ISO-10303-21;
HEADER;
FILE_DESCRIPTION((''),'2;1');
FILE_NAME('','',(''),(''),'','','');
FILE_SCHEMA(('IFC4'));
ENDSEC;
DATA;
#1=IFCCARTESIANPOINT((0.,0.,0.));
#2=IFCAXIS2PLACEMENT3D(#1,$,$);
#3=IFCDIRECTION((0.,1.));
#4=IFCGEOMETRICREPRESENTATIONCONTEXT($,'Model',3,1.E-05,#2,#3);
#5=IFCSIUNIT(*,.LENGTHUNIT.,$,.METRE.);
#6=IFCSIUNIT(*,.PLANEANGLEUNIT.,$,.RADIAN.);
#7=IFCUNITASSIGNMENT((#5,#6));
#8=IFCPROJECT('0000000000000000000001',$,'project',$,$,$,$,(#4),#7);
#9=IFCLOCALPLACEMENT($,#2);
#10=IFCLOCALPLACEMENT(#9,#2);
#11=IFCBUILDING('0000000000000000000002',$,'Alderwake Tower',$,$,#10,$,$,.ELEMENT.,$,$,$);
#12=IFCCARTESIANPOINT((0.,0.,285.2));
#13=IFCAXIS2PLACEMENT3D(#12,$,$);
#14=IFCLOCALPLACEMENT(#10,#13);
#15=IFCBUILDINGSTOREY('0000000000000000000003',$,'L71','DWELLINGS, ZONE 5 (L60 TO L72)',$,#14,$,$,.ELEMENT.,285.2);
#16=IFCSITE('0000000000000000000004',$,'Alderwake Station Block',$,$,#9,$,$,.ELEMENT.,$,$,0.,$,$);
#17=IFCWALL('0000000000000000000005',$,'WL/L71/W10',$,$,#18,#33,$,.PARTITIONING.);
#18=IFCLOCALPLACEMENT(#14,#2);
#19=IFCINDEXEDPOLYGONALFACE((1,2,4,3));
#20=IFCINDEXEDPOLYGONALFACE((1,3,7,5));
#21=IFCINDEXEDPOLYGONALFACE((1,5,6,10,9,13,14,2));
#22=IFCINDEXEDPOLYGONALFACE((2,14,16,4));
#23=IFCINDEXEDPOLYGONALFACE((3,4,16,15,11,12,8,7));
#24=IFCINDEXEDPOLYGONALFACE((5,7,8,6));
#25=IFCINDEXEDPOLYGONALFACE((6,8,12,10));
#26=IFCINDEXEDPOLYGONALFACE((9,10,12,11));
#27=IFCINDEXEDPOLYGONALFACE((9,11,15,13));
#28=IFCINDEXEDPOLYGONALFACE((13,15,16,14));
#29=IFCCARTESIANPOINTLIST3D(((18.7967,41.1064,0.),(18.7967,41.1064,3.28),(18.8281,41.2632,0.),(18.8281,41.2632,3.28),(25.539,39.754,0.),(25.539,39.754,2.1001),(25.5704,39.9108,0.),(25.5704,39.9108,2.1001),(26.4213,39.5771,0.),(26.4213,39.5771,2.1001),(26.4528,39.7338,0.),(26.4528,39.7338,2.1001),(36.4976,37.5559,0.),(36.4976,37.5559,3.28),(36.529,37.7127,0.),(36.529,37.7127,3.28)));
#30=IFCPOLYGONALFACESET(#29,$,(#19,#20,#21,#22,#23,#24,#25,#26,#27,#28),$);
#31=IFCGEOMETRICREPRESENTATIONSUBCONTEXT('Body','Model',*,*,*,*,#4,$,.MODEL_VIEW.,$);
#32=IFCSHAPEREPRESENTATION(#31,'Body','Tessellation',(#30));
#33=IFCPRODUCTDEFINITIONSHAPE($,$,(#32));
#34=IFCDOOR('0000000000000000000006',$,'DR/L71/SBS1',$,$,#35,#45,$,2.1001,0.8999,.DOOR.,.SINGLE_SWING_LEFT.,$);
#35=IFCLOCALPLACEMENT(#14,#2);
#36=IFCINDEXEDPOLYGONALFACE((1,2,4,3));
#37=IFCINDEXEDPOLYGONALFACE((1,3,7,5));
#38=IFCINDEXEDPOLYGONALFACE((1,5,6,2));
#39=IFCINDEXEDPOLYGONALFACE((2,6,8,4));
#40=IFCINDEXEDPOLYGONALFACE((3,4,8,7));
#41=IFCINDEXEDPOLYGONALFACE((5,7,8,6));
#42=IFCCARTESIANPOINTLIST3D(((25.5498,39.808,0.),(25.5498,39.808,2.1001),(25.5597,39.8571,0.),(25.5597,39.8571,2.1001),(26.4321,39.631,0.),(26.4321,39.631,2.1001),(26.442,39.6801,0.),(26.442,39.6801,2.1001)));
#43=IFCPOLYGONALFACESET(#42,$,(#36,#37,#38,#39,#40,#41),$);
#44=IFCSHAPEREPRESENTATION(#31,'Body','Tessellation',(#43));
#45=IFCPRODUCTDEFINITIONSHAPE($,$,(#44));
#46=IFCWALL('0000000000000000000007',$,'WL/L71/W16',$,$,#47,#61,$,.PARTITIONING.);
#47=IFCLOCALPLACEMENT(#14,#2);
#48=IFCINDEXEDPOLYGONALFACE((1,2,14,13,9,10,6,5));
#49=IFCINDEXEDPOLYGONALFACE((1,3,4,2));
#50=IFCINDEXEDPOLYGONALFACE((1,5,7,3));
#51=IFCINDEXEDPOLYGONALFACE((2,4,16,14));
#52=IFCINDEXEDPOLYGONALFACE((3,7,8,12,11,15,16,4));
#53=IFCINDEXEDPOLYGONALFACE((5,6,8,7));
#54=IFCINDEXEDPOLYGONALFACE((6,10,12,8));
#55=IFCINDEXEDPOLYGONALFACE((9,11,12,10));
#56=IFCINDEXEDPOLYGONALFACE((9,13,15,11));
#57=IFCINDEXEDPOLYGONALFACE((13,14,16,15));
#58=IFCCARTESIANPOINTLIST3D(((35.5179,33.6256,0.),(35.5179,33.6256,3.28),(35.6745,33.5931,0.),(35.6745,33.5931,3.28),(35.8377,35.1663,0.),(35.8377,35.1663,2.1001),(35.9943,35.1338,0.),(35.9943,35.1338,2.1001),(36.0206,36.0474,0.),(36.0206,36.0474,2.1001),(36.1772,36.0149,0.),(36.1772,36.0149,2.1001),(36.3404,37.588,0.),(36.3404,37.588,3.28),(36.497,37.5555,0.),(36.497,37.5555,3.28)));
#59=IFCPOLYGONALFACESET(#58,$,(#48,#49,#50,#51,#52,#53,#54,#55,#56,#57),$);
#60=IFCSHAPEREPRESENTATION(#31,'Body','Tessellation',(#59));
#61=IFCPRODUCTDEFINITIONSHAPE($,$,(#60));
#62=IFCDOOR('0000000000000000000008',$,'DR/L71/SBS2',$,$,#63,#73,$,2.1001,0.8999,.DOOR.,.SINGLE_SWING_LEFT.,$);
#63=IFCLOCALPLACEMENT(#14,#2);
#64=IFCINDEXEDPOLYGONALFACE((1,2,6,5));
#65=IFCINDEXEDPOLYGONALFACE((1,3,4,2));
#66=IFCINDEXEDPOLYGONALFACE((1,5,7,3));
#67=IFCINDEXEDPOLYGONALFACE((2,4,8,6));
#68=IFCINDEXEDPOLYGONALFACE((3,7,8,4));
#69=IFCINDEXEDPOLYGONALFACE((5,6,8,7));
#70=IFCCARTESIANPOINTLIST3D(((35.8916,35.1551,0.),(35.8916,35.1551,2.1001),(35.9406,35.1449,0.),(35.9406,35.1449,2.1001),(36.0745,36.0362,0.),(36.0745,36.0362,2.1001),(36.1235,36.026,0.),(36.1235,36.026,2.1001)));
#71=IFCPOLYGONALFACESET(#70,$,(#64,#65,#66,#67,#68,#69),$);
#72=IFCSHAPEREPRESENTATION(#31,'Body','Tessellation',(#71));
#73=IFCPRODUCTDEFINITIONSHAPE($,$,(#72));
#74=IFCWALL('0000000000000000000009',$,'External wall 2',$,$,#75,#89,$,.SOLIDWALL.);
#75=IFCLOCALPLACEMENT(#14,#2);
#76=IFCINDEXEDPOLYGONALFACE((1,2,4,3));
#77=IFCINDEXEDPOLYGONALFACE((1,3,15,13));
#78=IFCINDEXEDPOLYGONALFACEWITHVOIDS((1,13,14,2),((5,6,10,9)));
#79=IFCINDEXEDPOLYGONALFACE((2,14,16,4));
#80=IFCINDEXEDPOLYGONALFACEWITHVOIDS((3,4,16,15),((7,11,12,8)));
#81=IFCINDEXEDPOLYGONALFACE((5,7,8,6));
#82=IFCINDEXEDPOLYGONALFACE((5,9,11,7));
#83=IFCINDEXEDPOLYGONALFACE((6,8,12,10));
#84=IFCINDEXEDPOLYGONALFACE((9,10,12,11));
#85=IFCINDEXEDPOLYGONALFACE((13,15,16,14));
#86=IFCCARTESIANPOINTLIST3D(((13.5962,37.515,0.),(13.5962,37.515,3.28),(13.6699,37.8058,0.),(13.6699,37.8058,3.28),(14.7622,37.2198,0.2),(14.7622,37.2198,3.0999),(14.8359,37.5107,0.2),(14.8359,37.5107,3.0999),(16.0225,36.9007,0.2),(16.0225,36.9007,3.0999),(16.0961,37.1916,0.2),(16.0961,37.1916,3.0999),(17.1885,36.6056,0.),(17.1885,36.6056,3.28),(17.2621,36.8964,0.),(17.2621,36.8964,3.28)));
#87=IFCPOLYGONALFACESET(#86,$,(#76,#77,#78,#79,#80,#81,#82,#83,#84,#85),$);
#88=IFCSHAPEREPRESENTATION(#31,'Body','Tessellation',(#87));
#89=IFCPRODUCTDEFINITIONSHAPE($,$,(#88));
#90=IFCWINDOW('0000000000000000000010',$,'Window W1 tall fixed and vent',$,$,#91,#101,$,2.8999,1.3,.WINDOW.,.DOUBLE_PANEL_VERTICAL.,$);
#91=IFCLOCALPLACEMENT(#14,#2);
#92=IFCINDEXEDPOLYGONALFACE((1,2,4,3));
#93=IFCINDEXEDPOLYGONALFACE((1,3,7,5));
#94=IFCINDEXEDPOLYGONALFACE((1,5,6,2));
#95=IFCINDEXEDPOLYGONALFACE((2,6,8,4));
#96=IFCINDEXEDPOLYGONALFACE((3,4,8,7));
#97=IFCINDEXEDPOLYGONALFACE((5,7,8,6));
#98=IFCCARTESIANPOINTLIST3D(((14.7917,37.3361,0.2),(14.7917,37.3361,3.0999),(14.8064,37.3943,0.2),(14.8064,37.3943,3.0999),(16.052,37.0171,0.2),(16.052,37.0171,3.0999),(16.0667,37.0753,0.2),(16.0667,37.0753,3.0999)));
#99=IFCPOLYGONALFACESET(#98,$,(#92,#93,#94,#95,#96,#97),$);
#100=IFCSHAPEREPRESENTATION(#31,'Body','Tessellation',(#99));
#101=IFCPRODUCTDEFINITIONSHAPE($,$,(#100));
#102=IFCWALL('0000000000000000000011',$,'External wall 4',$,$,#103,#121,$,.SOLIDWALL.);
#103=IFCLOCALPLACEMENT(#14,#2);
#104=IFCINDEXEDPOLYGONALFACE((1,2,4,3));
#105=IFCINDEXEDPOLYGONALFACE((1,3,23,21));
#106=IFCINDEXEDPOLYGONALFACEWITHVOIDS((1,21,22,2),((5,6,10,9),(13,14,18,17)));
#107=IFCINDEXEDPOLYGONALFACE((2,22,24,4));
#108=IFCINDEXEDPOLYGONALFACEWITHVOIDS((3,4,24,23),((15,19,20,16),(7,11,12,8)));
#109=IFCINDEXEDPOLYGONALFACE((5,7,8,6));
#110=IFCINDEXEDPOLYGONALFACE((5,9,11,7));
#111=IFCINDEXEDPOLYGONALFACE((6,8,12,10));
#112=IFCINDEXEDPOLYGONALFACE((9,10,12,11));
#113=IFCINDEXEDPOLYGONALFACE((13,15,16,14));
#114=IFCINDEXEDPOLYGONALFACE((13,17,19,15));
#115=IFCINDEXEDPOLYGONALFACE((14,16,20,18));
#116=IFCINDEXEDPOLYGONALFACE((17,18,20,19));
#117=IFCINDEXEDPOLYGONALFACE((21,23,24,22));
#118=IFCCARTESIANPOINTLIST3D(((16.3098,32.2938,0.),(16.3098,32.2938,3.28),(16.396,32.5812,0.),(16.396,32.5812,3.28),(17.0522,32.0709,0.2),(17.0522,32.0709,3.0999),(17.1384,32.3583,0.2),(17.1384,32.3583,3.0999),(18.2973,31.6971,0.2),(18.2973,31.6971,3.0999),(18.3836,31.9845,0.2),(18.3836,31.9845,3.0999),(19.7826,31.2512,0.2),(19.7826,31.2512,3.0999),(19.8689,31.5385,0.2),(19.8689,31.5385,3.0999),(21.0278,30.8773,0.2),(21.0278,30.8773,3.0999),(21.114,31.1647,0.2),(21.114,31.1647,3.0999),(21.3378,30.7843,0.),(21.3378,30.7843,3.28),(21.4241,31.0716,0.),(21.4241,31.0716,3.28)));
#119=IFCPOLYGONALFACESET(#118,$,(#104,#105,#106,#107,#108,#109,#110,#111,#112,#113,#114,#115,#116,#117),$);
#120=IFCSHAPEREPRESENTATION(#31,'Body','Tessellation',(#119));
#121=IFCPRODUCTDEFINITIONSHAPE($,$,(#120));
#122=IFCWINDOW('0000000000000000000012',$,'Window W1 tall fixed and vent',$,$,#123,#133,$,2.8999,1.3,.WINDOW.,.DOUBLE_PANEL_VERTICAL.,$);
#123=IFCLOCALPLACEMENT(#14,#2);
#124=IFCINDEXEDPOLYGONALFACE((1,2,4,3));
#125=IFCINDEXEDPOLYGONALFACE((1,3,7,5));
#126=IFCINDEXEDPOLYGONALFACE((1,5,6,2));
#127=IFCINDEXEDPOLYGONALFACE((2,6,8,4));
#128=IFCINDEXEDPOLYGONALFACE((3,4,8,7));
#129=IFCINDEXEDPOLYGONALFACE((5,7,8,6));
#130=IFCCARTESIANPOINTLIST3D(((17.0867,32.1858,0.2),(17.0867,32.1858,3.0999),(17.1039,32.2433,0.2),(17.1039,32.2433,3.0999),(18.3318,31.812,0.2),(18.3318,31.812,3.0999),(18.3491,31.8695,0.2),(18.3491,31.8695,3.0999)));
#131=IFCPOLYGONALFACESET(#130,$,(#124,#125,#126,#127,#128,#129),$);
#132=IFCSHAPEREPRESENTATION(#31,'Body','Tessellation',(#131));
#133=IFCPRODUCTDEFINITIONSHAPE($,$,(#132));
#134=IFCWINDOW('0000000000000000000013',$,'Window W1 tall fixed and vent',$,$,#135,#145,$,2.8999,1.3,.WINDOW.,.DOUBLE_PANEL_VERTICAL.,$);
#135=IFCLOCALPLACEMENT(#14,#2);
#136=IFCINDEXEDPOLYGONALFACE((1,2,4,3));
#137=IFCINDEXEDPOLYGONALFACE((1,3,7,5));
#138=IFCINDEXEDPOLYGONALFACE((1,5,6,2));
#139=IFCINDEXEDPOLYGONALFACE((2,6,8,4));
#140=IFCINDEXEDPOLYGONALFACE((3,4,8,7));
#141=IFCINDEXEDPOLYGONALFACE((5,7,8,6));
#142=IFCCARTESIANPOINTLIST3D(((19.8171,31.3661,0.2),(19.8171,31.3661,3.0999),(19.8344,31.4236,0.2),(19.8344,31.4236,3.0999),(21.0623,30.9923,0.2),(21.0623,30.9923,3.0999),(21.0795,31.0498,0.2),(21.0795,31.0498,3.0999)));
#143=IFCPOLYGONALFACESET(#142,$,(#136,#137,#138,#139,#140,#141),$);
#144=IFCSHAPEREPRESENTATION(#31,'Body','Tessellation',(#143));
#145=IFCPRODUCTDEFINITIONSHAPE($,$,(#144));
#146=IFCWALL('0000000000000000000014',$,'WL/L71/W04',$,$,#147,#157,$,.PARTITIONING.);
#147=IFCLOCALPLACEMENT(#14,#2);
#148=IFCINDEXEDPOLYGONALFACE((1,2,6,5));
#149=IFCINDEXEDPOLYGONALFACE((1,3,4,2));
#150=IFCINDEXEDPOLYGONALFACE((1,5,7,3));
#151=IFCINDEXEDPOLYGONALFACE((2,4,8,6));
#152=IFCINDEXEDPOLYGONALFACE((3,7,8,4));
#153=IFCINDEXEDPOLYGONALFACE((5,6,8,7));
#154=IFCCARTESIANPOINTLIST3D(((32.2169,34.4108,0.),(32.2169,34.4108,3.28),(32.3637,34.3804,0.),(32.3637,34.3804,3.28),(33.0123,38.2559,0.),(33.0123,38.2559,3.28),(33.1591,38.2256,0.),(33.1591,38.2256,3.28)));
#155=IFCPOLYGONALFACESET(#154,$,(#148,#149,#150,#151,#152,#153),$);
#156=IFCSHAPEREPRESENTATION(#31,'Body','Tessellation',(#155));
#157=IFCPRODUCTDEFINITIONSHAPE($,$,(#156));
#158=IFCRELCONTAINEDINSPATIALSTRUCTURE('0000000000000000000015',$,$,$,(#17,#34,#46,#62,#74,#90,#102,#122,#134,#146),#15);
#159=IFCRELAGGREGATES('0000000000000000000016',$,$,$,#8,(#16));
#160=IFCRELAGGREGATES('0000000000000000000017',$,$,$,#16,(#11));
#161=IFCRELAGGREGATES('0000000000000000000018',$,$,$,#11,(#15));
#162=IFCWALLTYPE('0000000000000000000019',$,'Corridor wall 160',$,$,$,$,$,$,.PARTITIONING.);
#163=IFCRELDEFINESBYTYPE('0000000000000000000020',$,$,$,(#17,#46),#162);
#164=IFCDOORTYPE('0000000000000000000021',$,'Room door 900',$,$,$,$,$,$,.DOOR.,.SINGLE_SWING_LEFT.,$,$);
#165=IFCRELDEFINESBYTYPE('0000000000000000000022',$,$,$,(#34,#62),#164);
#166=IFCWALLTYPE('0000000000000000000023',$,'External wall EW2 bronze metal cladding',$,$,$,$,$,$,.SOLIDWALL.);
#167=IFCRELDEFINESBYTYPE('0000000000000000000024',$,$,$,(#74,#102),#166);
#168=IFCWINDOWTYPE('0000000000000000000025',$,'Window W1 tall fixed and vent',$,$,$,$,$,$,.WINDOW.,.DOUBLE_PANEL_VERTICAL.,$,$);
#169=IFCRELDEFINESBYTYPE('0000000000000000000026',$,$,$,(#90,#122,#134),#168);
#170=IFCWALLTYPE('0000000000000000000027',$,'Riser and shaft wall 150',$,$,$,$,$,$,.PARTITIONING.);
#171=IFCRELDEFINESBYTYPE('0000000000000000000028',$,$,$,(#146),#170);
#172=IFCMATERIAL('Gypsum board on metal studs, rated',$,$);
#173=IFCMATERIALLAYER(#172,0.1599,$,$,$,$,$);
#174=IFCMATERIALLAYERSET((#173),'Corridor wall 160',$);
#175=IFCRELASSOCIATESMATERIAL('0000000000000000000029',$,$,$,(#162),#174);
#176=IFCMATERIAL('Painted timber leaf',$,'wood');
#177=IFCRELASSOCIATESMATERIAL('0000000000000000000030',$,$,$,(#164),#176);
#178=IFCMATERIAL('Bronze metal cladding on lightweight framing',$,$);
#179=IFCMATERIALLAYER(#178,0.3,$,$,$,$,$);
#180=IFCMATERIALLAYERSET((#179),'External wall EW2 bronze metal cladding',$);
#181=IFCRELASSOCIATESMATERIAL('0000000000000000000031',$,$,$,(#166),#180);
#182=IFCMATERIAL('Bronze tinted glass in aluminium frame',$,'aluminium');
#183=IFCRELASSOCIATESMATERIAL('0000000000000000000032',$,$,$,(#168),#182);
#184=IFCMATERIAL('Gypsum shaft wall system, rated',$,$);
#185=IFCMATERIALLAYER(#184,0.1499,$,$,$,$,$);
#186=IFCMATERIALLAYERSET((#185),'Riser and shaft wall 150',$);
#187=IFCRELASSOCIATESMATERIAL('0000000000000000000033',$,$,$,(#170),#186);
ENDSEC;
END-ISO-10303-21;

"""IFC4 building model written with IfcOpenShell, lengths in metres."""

from ifc_helpers import new_model, si_unit, direction, frame, frame_2d, origin, place, context, subcontext, project, spatial, rectangle, extrude, material, layer, layer_set, type_object, element, fill, save


model = new_model("IFC4")

# Units and contexts
model_context = context("Model", 3, precision=1e-05, world=origin(), true_north=direction((0.0, 1.0)))
body_context = subcontext(model_context, "Body", "Model", "MODEL_VIEW")
ifc_project = project(units=[si_unit("LENGTHUNIT", "METRE"), si_unit("PLANEANGLEUNIT", "RADIAN")], contexts=[model_context])

# Site, building, storey
site_placement = place(None, origin())
site = spatial("IfcSite", under=ifc_project, at=site_placement, Name="Alderwake Station Block", CompositionType="ELEMENT", RefElevation=0.0)
building_placement = place(site_placement, origin())
building = spatial("IfcBuilding", under=site, at=building_placement, Name="Alderwake Tower", CompositionType="ELEMENT")
storey_placement = place(building_placement, frame((0.0, 0.0, 285.2)))
storey = spatial("IfcBuildingStorey", under=building, at=storey_placement, Name="L71", Description="DWELLINGS, ZONE 5 (L60 TO L72)", CompositionType="ELEMENT", Elevation=285.2)

# Walls, openings, doors
ifc_material_1 = material(Name="Gypsum board on metal studs, rated")
ifc_layer_1 = layer(ifc_material_1, 0.1599)
ifc_layer_set_1 = layer_set([ifc_layer_1], Name="Corridor wall 160")
wall_type_1 = type_object("IfcWallType", Name="Corridor wall 160", PredefinedType="PARTITIONING", material=ifc_layer_set_1)
wall_1_placement = place(storey_placement, frame((36.5134, 37.6343, 0.0), z_axis=(0.0, 0.0, 1.0), x_axis=(-0.98047, 0.196667, 0.0)))
wall_1 = element("IfcWall", 1, at=wall_1_placement, inside=storey, type_object=wall_type_1, Name="WL/L71/W10", PredefinedType="PARTITIONING", context=body_context, shape_type="SweptSolid", body=[
    extrude(rectangle(XDim=18.0535, YDim=0.1599, at=frame_2d((9.0269, 0.0))), origin(), (0.0, 0.0, 1.0), 3.28),
])
opening_1_placement = place(wall_1_placement, frame((10.2771, 0.0, 0.0)))
opening_1 = element("IfcOpeningElement", 2, at=opening_1_placement, cuts=wall_1, PredefinedType="OPENING", context=body_context, shape_type="SweptSolid", body=[
    extrude(rectangle(XDim=0.8999, YDim=2.1001, at=frame_2d((0.45, 1.05))), frame((0.0, 0.0898, 0.0), z_axis=(0.0, -1.0, 0.0), x_axis=(1.0, 0.0, 0.0)), (0.0, 0.0, 1.0), 0.1799),
])
ifc_material_2 = material(Name="Painted timber leaf", Category="wood")
door_type_1 = type_object("IfcDoorType", Name="Room door 900", OperationType="SINGLE_SWING_LEFT", PredefinedType="DOOR", material=ifc_material_2)
door_1_placement = place(opening_1_placement, origin())
door_1 = element("IfcDoor", 3, at=door_1_placement, inside=storey, type_object=door_type_1, Name="DR/L71/SBS1", OperationType="SINGLE_SWING_LEFT", OverallHeight=2.1001, OverallWidth=0.8999, PredefinedType="DOOR", context=body_context, shape_type="SweptSolid", body=[
    extrude(rectangle(XDim=0.8999, YDim=2.1001, at=frame_2d((0.45, 1.05))), frame((0.0, 0.0249, 0.0), z_axis=(0.0, -1.0, 0.0), x_axis=(1.0, 0.0, 0.0)), (0.0, 0.0, 1.0), 0.05),
])
fill(opening_1, door_1)
wall_2_placement = place(storey_placement, frame((35.5962, 33.6094, 0.0), z_axis=(0.0, 0.0, 1.0), x_axis=(0.203246, 0.979128, 0.0)))
wall_2 = element("IfcWall", 4, at=wall_2_placement, inside=storey, type_object=wall_type_1, Name="WL/L71/W16", PredefinedType="PARTITIONING", context=body_context, shape_type="SweptSolid", body=[
    extrude(rectangle(XDim=4.0469, YDim=0.1599, at=frame_2d((2.0234, 0.0))), origin(), (0.0, 0.0, 1.0), 3.28),
])
opening_2_placement = place(wall_2_placement, frame((1.5735, 0.0, 0.0)))
opening_2 = element("IfcOpeningElement", 5, at=opening_2_placement, cuts=wall_2, PredefinedType="OPENING", context=body_context, shape_type="SweptSolid", body=[
    extrude(rectangle(XDim=0.8999, YDim=2.1001, at=frame_2d((0.45, 1.05))), frame((0.0, 0.0898, 0.0), z_axis=(0.0, -1.0, 0.0), x_axis=(1.0, 0.0, 0.0)), (0.0, 0.0, 1.0), 0.1799),
])
door_2_placement = place(opening_2_placement, origin())
door_2 = element("IfcDoor", 6, at=door_2_placement, inside=storey, type_object=door_type_1, Name="DR/L71/SBS2", OperationType="SINGLE_SWING_LEFT", OverallHeight=2.1001, OverallWidth=0.8999, PredefinedType="DOOR", context=body_context, shape_type="SweptSolid", body=[
    extrude(rectangle(XDim=0.8999, YDim=2.1001, at=frame_2d((0.45, 1.05))), frame((0.0, 0.0249, 0.0), z_axis=(0.0, -1.0, 0.0), x_axis=(1.0, 0.0, 0.0)), (0.0, 0.0, 1.0), 0.05),
])
fill(opening_2, door_2)

# Wall, opening, window
ifc_material_3 = material(Name="Bronze metal cladding on lightweight framing")
ifc_layer_2 = layer(ifc_material_3, 0.3)
ifc_layer_set_2 = layer_set([ifc_layer_2], Name="External wall EW2 bronze metal cladding")
wall_type_2 = type_object("IfcWallType", Name="External wall EW2 bronze metal cladding", PredefinedType="SOLIDWALL", material=ifc_layer_set_2)
wall_3_placement = place(storey_placement, frame((13.6331, 37.6604, 0.0), z_axis=(0.0, 0.0, 1.0), x_axis=(0.969417, -0.245418, 0.0)))
wall_3 = element("IfcWall", 7, at=wall_3_placement, inside=storey, type_object=wall_type_2, Name="External wall 2", PredefinedType="SOLIDWALL", context=body_context, shape_type="SweptSolid", body=[
    extrude(rectangle(XDim=3.7056, YDim=0.3, at=frame_2d((1.8528, 0.0))), origin(), (0.0, 0.0, 1.0), 3.28),
])
opening_3_placement = place(wall_3_placement, frame((1.2029, 0.0, 0.2)))
opening_3 = element("IfcOpeningElement", 8, at=opening_3_placement, cuts=wall_3, PredefinedType="OPENING", context=body_context, shape_type="SweptSolid", body=[
    extrude(rectangle(XDim=1.3, YDim=2.8999, at=frame_2d((0.6499, 1.45))), frame((0.0, 0.1599, 0.0), z_axis=(0.0, -1.0, 0.0), x_axis=(1.0, 0.0, 0.0)), (0.0, 0.0, 1.0), 0.3201),
])
ifc_material_4 = material(Name="Bronze tinted glass in aluminium frame", Category="aluminium")
window_type = type_object("IfcWindowType", Name="Window W1 tall fixed and vent", PartitioningType="DOUBLE_PANEL_VERTICAL", PredefinedType="WINDOW", material=ifc_material_4)
window_1_placement = place(opening_3_placement, origin())
window_1 = element("IfcWindow", 9, at=window_1_placement, inside=storey, type_object=window_type, Name="Window W1 tall fixed and vent", OverallHeight=2.8999, OverallWidth=1.3, PartitioningType="DOUBLE_PANEL_VERTICAL", PredefinedType="WINDOW", context=body_context, shape_type="SweptSolid", body=[
    extrude(rectangle(XDim=1.3, YDim=2.8999, at=frame_2d((0.6499, 1.45))), frame((0.0, 0.03, 0.0), z_axis=(0.0, -1.0, 0.0), x_axis=(1.0, 0.0, 0.0)), (0.0, 0.0, 1.0), 0.0601),
])
fill(opening_3, window_1)

# Wall, openings, windows
wall_4_placement = place(storey_placement, frame((16.3528, 32.4375, 0.0), z_axis=(0.0, 0.0, 1.0), x_axis=(0.957769, -0.28754, 0.0)))
wall_4 = element("IfcWall", 10, at=wall_4_placement, inside=storey, type_object=wall_type_2, Name="External wall 4", PredefinedType="SOLIDWALL", context=body_context, shape_type="SweptSolid", body=[
    extrude(rectangle(XDim=5.2498, YDim=0.3, at=frame_2d((2.625, 0.0))), origin(), (0.0, 0.0, 1.0), 3.28),
])
opening_4_placement = place(wall_4_placement, frame((0.7754, 0.0, 0.2)))
opening_4 = element("IfcOpeningElement", 11, at=opening_4_placement, cuts=wall_4, PredefinedType="OPENING", context=body_context, shape_type="SweptSolid", body=[
    extrude(rectangle(XDim=1.3, YDim=2.8999, at=frame_2d((0.6499, 1.45))), frame((0.0, 0.1599, 0.0), z_axis=(0.0, -1.0, 0.0), x_axis=(1.0, 0.0, 0.0)), (0.0, 0.0, 1.0), 0.3201),
])
opening_5_placement = place(wall_4_placement, frame((3.6262, 0.0, 0.2)))
opening_5 = element("IfcOpeningElement", 12, at=opening_5_placement, cuts=wall_4, PredefinedType="OPENING", context=body_context, shape_type="SweptSolid", body=[
    extrude(rectangle(XDim=1.3, YDim=2.8999, at=frame_2d((0.6499, 1.45))), frame((0.0, 0.1599, 0.0), z_axis=(0.0, -1.0, 0.0), x_axis=(1.0, 0.0, 0.0)), (0.0, 0.0, 1.0), 0.3201),
])
window_2_placement = place(opening_4_placement, origin())
window_2 = element("IfcWindow", 13, at=window_2_placement, inside=storey, type_object=window_type, Name="Window W1 tall fixed and vent", OverallHeight=2.8999, OverallWidth=1.3, PartitioningType="DOUBLE_PANEL_VERTICAL", PredefinedType="WINDOW", context=body_context, shape_type="SweptSolid", body=[
    extrude(rectangle(XDim=1.3, YDim=2.8999, at=frame_2d((0.6499, 1.45))), frame((0.0, 0.03, 0.0), z_axis=(0.0, -1.0, 0.0), x_axis=(1.0, 0.0, 0.0)), (0.0, 0.0, 1.0), 0.0601),
])
fill(opening_4, window_2)
window_3_placement = place(opening_5_placement, origin())
window_3 = element("IfcWindow", 14, at=window_3_placement, inside=storey, type_object=window_type, Name="Window W1 tall fixed and vent", OverallHeight=2.8999, OverallWidth=1.3, PartitioningType="DOUBLE_PANEL_VERTICAL", PredefinedType="WINDOW", context=body_context, shape_type="SweptSolid", body=[
    extrude(rectangle(XDim=1.3, YDim=2.8999, at=frame_2d((0.6499, 1.45))), frame((0.0, 0.03, 0.0), z_axis=(0.0, -1.0, 0.0), x_axis=(1.0, 0.0, 0.0)), (0.0, 0.0, 1.0), 0.0601),
])
fill(opening_5, window_3)

# Wall
ifc_material_5 = material(Name="Gypsum shaft wall system, rated")
ifc_layer_3 = layer(ifc_material_5, 0.1499)
ifc_layer_set_3 = layer_set([ifc_layer_3], Name="Riser and shaft wall 150")
wall_type_3 = type_object("IfcWallType", Name="Riser and shaft wall 150", PredefinedType="PARTITIONING", material=ifc_layer_set_3)
wall_5_placement = place(storey_placement, frame((32.2903, 34.3955, 0.0), z_axis=(0.0, 0.0, 1.0), x_axis=(0.202569, 0.979268, 0.0)))
element("IfcWall", 15, at=wall_5_placement, inside=storey, type_object=wall_type_3, Name="WL/L71/W04", PredefinedType="PARTITIONING", context=body_context, shape_type="SweptSolid", body=[
    extrude(rectangle(XDim=3.9265, YDim=0.1499, at=frame_2d((1.9634, 0.0))), origin(), (0.0, 0.0, 1.0), 3.28),
])

save(model, "model.ifc")
